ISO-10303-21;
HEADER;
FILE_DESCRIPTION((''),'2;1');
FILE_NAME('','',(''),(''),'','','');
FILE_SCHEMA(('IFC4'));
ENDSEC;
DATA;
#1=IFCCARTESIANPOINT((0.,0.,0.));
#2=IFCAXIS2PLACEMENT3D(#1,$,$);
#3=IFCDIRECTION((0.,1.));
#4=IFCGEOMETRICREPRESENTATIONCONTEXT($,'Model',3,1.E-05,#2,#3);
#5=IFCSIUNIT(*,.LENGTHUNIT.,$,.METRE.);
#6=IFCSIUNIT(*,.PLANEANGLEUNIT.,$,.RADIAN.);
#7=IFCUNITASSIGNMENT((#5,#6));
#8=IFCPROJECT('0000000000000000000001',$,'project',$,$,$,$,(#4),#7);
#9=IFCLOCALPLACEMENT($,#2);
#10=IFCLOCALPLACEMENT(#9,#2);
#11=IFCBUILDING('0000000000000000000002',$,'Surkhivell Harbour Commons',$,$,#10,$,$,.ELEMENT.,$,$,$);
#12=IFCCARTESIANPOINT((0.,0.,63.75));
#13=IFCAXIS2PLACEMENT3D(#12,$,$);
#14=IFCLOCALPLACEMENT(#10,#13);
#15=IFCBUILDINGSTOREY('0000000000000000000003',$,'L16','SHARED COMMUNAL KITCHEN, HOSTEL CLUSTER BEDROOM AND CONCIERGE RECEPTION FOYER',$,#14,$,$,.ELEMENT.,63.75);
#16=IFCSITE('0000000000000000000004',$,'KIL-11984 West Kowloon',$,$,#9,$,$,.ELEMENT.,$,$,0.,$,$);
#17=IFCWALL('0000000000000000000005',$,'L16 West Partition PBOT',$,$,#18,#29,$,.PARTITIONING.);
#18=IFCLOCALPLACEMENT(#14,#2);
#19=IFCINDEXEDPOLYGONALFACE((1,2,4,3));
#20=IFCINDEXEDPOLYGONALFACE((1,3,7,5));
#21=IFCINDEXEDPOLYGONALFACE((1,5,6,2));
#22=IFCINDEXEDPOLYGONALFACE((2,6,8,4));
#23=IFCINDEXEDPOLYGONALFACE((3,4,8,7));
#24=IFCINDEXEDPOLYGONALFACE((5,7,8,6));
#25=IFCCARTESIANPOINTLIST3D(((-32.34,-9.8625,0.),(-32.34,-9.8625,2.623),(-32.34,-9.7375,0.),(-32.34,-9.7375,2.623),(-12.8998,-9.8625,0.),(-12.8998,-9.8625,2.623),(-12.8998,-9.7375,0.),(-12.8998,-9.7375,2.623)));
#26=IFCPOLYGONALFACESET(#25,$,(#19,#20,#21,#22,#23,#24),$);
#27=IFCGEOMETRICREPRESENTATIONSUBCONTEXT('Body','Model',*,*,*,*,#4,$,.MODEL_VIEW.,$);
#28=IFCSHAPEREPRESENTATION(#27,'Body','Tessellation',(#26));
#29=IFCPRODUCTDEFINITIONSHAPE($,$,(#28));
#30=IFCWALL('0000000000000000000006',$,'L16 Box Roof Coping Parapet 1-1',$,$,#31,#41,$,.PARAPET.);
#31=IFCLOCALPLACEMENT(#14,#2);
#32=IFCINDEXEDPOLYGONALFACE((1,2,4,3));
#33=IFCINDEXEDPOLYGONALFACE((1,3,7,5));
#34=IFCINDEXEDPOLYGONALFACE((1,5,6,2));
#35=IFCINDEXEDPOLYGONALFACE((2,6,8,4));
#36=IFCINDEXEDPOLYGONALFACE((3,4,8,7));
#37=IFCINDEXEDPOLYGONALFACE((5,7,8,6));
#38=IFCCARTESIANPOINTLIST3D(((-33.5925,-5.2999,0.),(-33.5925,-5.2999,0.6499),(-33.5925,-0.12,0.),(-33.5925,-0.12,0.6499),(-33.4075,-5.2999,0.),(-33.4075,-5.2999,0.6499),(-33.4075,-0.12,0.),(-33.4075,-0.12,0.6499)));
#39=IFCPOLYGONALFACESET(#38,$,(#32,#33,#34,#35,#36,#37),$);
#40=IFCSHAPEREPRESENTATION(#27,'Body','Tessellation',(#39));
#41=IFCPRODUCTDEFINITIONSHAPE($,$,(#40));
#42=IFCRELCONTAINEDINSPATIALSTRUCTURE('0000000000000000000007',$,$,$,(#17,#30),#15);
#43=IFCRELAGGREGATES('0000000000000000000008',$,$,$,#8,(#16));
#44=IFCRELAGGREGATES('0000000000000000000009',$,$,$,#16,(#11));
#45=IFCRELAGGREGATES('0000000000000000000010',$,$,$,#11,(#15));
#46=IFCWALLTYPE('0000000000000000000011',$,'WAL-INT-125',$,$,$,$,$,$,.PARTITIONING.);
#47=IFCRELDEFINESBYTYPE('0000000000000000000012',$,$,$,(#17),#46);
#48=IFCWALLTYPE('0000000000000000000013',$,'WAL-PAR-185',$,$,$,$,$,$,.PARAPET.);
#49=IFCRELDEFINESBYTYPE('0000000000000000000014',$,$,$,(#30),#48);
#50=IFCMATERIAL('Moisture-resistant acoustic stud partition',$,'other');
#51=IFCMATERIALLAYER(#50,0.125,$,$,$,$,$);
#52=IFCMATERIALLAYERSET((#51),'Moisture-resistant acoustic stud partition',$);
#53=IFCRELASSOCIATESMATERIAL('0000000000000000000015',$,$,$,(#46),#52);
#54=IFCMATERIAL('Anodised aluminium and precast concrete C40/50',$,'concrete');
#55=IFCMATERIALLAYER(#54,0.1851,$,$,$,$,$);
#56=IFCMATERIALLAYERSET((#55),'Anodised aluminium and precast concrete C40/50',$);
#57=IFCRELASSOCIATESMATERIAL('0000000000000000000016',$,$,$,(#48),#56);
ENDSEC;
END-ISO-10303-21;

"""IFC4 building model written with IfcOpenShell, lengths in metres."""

from ifc_helpers import new_model, si_unit, direction, frame, frame_2d, origin, place, context, subcontext, project, spatial, rectangle, extrude, material, layer, layer_set, type_object, element, save


model = new_model("IFC4")

# Units and contexts
model_context = context("Model", 3, precision=1e-05, world=origin(), true_north=direction((0.0, 1.0)))
body_context = subcontext(model_context, "Body", "Model", "MODEL_VIEW")
ifc_project = project(units=[si_unit("LENGTHUNIT", "METRE"), si_unit("PLANEANGLEUNIT", "RADIAN")], contexts=[model_context])

# Site, building, storey
site_placement = place(None, origin())
site = spatial("IfcSite", under=ifc_project, at=site_placement, Name="KIL-11984 West Kowloon", CompositionType="ELEMENT", RefElevation=0.0)
building_placement = place(site_placement, origin())
building = spatial("IfcBuilding", under=site, at=building_placement, Name="Surkhivell Harbour Commons", CompositionType="ELEMENT")
storey_placement = place(building_placement, frame((0.0, 0.0, 63.75)))
storey = spatial("IfcBuildingStorey", under=building, at=storey_placement, Name="L16", Description="SHARED COMMUNAL KITCHEN, HOSTEL CLUSTER BEDROOM AND CONCIERGE RECEPTION FOYER", CompositionType="ELEMENT", Elevation=63.75)

# Walls
ifc_material_1 = material(Name="Moisture-resistant acoustic stud partition", Category="other")
ifc_layer_1 = layer(ifc_material_1, 0.125)
ifc_layer_set_1 = layer_set([ifc_layer_1], Name="Moisture-resistant acoustic stud partition")
wall_type_1 = type_object("IfcWallType", Name="WAL-INT-125", PredefinedType="PARTITIONING", material=ifc_layer_set_1)
for number, where, z_axis, x_axis, name in (
    (1, (-32.3401, -9.8, 0.0), (0.0, 0.0, 1.0), (1.0, 0.0, 0.0), "L16 West Partition PBOT"),
):
    element("IfcWall", number, at=place(storey_placement, frame(where, z_axis=z_axis, x_axis=x_axis)), inside=storey, type_object=wall_type_1, Name=name, PredefinedType="PARTITIONING", context=body_context, shape_type="SweptSolid", body=[
        extrude(rectangle(XDim=19.4402, YDim=0.125, at=frame_2d((9.7202, 0.0))), origin(), (0.0, 0.0, 1.0), 2.623),
    ])
ifc_material_2 = material(Name="Anodised aluminium and precast concrete C40/50", Category="concrete")
ifc_layer_2 = layer(ifc_material_2, 0.1851)
ifc_layer_set_2 = layer_set([ifc_layer_2], Name="Anodised aluminium and precast concrete C40/50")
wall_type_2 = type_object("IfcWallType", Name="WAL-PAR-185", PredefinedType="PARAPET", material=ifc_layer_set_2)
wall_1_placement = place(storey_placement, frame((-33.5, -0.1201, 0.0), z_axis=(0.0, 0.0, 1.0), x_axis=(0.0, -1.0, 0.0)))
element("IfcWall", 2, at=wall_1_placement, inside=storey, type_object=wall_type_2, Name="L16 Box Roof Coping Parapet 1-1", PredefinedType="PARAPET", context=body_context, shape_type="SweptSolid", body=[
    extrude(rectangle(XDim=5.1799, YDim=0.1851, at=frame_2d((2.5898, 0.0))), origin(), (0.0, 0.0, 1.0), 0.6499),
])

save(model, "model.ifc")
